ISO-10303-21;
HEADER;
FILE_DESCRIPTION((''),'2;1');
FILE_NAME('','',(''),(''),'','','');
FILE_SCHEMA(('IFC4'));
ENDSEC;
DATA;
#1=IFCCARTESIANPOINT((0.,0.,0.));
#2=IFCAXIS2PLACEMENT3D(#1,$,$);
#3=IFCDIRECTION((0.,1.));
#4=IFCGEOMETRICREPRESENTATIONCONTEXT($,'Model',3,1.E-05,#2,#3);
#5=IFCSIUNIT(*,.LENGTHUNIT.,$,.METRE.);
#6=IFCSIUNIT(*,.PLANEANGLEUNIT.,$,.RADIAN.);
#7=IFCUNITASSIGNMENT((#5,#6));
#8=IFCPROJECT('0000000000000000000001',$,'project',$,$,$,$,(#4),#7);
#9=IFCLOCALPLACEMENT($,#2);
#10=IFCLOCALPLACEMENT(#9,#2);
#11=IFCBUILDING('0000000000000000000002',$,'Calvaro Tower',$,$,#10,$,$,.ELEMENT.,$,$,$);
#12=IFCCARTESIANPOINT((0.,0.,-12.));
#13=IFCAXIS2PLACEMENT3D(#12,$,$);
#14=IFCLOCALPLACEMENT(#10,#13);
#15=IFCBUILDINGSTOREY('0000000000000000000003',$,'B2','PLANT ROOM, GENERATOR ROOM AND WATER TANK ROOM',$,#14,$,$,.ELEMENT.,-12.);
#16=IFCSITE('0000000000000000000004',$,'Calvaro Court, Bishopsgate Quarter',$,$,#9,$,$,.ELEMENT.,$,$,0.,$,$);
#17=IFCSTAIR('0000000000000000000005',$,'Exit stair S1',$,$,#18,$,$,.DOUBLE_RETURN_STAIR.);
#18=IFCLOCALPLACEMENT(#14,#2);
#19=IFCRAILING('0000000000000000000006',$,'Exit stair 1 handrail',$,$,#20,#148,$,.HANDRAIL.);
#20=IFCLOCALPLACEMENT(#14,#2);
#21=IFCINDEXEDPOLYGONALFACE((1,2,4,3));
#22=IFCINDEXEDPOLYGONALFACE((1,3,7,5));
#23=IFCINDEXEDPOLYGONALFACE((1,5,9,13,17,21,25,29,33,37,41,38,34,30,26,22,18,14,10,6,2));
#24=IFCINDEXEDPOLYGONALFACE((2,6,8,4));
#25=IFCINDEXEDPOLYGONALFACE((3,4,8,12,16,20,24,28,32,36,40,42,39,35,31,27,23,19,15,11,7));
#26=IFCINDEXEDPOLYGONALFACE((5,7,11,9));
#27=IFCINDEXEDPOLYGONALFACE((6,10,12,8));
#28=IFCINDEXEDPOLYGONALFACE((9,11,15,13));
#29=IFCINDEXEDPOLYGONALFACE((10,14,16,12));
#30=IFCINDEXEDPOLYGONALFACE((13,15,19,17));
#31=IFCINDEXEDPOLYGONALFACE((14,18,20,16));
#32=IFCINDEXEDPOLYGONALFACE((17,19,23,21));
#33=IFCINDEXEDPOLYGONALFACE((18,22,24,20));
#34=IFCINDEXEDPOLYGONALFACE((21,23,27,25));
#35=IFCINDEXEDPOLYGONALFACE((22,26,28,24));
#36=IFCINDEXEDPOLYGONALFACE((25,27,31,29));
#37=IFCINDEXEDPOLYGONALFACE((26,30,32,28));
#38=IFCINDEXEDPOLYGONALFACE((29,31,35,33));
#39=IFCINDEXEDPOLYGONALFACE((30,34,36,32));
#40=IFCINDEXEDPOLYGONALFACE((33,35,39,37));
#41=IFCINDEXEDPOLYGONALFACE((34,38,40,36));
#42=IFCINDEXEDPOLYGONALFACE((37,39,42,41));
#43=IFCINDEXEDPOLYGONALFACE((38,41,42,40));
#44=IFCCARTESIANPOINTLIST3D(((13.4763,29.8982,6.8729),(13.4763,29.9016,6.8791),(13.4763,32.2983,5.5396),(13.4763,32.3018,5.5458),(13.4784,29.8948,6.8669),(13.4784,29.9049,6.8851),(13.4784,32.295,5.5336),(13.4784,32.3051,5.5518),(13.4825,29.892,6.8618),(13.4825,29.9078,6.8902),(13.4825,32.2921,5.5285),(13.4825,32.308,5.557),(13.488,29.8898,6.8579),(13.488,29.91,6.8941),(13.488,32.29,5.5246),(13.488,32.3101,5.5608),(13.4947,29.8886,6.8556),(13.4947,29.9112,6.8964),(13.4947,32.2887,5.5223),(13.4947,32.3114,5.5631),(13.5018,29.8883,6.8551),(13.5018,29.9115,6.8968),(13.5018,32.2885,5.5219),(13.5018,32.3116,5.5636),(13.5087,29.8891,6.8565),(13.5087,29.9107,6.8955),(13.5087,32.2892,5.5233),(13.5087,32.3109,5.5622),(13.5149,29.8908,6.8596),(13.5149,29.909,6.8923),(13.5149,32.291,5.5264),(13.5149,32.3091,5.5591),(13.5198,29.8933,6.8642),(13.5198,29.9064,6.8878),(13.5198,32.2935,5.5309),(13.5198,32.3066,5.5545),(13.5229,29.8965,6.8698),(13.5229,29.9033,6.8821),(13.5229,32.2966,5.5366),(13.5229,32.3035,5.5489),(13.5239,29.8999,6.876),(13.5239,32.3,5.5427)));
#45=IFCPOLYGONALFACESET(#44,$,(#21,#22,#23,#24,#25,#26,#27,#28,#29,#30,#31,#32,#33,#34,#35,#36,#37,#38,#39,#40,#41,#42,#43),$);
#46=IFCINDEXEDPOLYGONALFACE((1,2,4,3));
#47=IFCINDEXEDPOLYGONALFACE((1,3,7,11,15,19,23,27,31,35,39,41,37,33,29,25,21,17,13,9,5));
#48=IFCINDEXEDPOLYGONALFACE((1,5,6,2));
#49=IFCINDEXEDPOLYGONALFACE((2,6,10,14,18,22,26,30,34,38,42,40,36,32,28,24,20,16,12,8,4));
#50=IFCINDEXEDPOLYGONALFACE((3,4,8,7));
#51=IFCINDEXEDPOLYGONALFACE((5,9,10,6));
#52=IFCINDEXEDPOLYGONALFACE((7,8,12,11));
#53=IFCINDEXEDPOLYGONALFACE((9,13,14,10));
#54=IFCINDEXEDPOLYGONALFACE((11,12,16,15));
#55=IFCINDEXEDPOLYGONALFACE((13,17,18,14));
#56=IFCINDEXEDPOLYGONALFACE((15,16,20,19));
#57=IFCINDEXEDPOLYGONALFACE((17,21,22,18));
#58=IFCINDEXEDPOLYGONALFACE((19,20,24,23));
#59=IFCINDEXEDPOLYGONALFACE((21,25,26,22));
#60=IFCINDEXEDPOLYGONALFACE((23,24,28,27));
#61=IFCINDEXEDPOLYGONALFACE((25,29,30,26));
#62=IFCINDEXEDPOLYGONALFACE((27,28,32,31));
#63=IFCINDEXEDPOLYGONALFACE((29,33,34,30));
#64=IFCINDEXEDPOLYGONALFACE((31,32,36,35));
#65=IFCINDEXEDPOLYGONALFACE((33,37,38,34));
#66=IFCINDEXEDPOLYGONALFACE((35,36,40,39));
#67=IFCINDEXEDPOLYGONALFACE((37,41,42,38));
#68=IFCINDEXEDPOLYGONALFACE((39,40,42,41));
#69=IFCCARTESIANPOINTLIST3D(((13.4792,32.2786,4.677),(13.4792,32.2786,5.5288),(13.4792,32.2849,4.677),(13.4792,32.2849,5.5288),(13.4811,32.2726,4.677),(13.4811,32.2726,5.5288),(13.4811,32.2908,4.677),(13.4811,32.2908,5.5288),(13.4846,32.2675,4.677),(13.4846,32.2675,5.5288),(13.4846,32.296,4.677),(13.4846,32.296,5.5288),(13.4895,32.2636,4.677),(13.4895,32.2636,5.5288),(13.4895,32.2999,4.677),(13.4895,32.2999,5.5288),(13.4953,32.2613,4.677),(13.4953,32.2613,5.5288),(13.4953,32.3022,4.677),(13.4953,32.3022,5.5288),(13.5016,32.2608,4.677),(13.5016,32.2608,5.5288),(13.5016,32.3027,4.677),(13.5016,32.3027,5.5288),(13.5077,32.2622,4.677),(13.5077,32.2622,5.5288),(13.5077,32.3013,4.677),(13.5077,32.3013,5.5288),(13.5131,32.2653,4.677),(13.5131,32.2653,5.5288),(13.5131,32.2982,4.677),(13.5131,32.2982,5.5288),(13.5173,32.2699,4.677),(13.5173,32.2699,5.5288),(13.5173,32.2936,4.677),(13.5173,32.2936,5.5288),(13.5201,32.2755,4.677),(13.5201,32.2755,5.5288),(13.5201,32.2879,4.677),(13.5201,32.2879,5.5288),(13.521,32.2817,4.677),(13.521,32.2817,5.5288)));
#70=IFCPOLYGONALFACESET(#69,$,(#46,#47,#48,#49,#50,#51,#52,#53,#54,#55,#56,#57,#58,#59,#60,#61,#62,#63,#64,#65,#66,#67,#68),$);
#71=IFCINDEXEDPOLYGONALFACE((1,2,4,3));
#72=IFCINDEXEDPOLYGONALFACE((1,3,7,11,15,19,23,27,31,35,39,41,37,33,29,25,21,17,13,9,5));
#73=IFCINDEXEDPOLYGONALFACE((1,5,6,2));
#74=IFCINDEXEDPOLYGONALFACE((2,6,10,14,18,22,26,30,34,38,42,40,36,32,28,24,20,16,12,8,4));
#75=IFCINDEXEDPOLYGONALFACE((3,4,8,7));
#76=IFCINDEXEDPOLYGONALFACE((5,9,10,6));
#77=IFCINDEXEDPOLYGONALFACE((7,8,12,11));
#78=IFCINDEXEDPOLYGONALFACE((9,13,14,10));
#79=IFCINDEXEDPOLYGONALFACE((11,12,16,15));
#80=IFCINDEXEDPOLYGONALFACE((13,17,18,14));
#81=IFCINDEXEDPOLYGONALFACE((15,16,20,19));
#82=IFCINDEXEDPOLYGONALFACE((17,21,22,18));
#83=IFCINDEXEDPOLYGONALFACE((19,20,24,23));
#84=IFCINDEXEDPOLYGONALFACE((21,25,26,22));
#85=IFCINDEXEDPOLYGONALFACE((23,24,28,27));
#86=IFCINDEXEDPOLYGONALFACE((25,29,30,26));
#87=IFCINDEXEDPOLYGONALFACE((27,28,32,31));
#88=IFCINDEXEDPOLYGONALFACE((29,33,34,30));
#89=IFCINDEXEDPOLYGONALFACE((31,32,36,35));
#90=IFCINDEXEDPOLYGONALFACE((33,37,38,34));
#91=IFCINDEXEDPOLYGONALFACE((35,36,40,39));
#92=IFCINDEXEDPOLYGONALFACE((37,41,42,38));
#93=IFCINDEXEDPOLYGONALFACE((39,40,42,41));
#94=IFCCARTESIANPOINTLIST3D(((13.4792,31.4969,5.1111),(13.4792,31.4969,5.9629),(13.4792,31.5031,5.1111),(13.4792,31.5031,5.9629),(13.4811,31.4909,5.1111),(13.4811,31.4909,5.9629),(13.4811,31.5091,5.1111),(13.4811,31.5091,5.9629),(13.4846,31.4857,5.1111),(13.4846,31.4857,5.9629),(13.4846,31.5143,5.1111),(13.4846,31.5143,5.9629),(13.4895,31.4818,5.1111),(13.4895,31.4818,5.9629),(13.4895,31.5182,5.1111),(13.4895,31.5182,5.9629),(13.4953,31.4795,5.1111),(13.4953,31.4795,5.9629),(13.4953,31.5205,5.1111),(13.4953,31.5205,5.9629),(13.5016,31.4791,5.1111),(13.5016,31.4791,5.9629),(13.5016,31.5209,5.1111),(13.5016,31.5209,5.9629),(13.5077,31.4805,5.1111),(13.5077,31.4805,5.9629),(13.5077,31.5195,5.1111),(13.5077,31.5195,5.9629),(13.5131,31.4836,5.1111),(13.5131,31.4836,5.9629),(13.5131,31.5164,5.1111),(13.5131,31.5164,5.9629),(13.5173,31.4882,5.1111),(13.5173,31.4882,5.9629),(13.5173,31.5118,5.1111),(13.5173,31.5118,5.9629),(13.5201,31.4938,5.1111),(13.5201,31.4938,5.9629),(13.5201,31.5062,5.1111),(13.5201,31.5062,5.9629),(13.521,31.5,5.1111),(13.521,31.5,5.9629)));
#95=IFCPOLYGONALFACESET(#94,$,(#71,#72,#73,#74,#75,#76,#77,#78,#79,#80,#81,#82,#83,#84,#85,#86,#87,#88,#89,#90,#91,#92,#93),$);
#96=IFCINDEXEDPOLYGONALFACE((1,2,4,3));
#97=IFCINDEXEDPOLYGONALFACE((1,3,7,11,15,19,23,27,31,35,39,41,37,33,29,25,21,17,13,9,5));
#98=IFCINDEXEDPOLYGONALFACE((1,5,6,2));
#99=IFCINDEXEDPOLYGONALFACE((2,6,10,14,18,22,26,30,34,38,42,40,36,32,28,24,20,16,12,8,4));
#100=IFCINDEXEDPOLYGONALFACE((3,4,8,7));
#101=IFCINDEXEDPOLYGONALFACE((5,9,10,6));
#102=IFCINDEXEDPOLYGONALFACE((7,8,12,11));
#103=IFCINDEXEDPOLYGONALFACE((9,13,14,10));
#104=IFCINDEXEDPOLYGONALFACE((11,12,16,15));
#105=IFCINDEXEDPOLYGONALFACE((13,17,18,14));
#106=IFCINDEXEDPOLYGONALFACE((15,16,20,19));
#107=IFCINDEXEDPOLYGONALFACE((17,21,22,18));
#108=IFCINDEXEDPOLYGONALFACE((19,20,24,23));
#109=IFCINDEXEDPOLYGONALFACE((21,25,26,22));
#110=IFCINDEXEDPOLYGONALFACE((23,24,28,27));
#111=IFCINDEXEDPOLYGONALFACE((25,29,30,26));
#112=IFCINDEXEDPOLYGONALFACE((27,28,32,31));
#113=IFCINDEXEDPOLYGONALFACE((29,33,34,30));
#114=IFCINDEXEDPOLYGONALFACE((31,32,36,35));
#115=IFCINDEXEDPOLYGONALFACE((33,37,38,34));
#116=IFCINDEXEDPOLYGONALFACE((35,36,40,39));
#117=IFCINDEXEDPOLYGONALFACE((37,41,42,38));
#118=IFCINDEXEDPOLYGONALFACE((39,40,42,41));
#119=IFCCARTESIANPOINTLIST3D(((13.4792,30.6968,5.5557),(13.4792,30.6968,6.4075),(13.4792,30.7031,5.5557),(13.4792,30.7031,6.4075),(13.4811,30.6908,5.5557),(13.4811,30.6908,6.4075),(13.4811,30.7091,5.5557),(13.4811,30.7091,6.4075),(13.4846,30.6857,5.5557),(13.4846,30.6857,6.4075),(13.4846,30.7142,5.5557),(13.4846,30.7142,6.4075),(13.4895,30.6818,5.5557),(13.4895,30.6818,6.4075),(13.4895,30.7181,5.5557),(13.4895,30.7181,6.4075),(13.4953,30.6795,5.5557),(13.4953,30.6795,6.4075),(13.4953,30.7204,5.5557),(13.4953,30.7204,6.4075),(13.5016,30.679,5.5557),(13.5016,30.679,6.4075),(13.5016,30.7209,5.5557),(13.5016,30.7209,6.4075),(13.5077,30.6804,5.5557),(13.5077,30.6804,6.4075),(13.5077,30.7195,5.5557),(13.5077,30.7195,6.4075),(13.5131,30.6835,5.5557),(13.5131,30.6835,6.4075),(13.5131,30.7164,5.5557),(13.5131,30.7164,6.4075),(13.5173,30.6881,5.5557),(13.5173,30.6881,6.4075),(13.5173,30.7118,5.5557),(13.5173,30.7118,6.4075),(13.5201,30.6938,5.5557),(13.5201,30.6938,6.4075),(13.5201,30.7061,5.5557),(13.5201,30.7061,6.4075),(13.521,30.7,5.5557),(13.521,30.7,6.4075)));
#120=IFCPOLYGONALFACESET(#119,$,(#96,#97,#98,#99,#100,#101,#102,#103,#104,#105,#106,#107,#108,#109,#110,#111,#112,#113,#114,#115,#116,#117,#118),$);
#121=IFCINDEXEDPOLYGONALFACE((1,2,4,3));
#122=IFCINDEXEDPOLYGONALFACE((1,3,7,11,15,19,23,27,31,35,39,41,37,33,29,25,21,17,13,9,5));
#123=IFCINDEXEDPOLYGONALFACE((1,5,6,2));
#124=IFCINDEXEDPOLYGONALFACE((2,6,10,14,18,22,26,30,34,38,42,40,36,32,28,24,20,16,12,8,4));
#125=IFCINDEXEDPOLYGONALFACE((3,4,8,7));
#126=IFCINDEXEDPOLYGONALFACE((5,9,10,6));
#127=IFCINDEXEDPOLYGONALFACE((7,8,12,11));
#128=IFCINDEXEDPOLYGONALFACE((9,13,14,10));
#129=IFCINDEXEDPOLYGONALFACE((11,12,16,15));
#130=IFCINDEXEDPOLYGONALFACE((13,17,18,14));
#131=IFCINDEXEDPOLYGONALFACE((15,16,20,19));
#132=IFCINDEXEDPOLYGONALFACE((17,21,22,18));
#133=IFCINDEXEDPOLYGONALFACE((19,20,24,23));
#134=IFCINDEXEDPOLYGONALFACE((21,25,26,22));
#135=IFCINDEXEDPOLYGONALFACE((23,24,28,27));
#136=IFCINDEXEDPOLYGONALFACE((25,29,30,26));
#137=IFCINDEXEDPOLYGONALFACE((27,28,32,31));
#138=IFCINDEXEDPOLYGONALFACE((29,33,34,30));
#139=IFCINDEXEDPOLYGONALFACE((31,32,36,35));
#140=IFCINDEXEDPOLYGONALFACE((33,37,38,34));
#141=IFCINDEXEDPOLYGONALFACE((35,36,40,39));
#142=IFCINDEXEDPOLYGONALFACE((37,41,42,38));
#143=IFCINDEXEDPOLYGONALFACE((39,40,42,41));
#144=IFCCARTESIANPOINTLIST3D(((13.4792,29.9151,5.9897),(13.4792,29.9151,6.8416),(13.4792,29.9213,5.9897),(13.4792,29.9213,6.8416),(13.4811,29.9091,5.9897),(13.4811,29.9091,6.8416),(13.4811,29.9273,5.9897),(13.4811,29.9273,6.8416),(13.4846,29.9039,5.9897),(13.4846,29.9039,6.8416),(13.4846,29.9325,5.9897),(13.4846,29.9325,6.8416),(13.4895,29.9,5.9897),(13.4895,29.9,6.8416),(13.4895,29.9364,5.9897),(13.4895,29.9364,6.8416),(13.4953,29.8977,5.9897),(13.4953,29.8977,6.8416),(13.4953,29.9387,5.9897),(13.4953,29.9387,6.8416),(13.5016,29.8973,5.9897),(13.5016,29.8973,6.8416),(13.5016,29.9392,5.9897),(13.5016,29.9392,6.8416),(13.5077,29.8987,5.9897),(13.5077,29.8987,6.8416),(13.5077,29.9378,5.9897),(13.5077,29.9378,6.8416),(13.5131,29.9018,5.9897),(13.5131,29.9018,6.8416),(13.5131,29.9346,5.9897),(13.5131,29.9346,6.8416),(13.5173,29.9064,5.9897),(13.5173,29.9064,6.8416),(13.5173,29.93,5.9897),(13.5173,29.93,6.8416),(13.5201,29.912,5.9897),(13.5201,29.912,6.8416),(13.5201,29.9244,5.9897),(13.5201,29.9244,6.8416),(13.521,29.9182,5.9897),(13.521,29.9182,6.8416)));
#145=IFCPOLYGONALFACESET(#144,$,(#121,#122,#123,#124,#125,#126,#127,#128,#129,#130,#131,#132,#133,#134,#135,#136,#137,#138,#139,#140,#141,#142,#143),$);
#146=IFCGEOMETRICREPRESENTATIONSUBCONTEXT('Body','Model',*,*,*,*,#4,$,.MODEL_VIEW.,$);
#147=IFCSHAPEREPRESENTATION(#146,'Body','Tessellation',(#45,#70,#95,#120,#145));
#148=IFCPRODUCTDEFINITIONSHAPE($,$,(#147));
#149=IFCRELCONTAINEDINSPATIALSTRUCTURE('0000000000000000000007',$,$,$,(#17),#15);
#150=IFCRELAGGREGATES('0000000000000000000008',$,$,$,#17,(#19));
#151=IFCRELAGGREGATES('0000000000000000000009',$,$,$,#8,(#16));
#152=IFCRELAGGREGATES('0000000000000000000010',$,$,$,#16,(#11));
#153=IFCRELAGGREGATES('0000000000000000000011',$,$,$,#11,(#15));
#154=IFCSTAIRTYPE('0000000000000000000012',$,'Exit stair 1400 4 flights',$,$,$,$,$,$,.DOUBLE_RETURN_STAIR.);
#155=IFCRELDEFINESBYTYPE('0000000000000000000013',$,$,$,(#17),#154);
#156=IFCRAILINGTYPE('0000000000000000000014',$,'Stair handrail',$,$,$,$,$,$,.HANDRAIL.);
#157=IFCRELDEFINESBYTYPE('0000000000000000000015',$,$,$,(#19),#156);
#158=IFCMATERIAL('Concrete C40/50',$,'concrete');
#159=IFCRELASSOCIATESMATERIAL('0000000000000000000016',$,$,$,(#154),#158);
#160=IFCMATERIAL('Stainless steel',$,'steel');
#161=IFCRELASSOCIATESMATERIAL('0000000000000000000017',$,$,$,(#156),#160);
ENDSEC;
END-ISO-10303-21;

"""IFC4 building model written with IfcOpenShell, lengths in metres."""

from ifc_helpers import new_model, si_unit, direction, frame, origin, origin_2d, place, context, subcontext, project, spatial, circle, extrude, material, type_object, element, aggregate, save


model = new_model("IFC4")

# Units and contexts
model_context = context("Model", 3, precision=1e-05, world=origin(), true_north=direction((0.0, 1.0)))
body_context = subcontext(model_context, "Body", "Model", "MODEL_VIEW")
ifc_project = project(units=[si_unit("LENGTHUNIT", "METRE"), si_unit("PLANEANGLEUNIT", "RADIAN")], contexts=[model_context])

# Site, building, storey
site_placement = place(None, origin())
site = spatial("IfcSite", under=ifc_project, at=site_placement, Name="Calvaro Court, Bishopsgate Quarter", CompositionType="ELEMENT", RefElevation=0.0)
building_placement = place(site_placement, origin())
building = spatial("IfcBuilding", under=site, at=building_placement, Name="Calvaro Tower", CompositionType="ELEMENT")
storey_placement = place(building_placement, frame((0.0, 0.0, -12.0)))
storey = spatial("IfcBuildingStorey", under=building, at=storey_placement, Name="B2", Description="PLANT ROOM, GENERATOR ROOM AND WATER TANK ROOM", CompositionType="ELEMENT", Elevation=-12.0)

# Stair, railing
ifc_material_1 = material(Name="Concrete C40/50", Category="concrete")
stair_type = type_object("IfcStairType", Name="Exit stair 1400 4 flights", PredefinedType="DOUBLE_RETURN_STAIR", material=ifc_material_1)
stair_placement = place(storey_placement, origin())
stair = element("IfcStair", 1, at=stair_placement, inside=storey, type_object=stair_type, Name="Exit stair S1", PredefinedType="DOUBLE_RETURN_STAIR")
ifc_material_2 = material(Name="Stainless steel", Category="steel")
railing_type = type_object("IfcRailingType", Name="Stair handrail", PredefinedType="HANDRAIL", material=ifc_material_2)
railing_1_placement = place(storey_placement, frame((13.5, 32.3, 4.6667)))
railing_1 = element("IfcRailing", 2, at=railing_1_placement, type_object=railing_type, Name="Exit stair 1 handrail", PredefinedType="HANDRAIL", context=body_context, shape_type="SweptSolid", body=[
    extrude(circle(Radius=0.0239, at=origin_2d()), frame((0.0, 0.0, 0.876), z_axis=(0.0, -0.874182, 0.485598), x_axis=(1.0, 0.0, 0.0)), (0.0, 0.0, 1.0), 2.7456),
    extrude(circle(Radius=0.021, at=origin_2d()), frame((0.0, -0.0183, 0.0103)), (0.0, 0.0, 1.0), 0.8518),
    extrude(circle(Radius=0.021, at=origin_2d()), frame((0.0, -0.8, 0.4443)), (0.0, 0.0, 1.0), 0.8518),
    extrude(circle(Radius=0.021, at=origin_2d()), frame((0.0, -1.6001, 0.8889)), (0.0, 0.0, 1.0), 0.8518),
    extrude(circle(Radius=0.021, at=origin_2d()), frame((0.0, -2.3818, 1.323)), (0.0, 0.0, 1.0), 0.8518),
])
aggregate(stair, [railing_1])

save(model, "model.ifc")
